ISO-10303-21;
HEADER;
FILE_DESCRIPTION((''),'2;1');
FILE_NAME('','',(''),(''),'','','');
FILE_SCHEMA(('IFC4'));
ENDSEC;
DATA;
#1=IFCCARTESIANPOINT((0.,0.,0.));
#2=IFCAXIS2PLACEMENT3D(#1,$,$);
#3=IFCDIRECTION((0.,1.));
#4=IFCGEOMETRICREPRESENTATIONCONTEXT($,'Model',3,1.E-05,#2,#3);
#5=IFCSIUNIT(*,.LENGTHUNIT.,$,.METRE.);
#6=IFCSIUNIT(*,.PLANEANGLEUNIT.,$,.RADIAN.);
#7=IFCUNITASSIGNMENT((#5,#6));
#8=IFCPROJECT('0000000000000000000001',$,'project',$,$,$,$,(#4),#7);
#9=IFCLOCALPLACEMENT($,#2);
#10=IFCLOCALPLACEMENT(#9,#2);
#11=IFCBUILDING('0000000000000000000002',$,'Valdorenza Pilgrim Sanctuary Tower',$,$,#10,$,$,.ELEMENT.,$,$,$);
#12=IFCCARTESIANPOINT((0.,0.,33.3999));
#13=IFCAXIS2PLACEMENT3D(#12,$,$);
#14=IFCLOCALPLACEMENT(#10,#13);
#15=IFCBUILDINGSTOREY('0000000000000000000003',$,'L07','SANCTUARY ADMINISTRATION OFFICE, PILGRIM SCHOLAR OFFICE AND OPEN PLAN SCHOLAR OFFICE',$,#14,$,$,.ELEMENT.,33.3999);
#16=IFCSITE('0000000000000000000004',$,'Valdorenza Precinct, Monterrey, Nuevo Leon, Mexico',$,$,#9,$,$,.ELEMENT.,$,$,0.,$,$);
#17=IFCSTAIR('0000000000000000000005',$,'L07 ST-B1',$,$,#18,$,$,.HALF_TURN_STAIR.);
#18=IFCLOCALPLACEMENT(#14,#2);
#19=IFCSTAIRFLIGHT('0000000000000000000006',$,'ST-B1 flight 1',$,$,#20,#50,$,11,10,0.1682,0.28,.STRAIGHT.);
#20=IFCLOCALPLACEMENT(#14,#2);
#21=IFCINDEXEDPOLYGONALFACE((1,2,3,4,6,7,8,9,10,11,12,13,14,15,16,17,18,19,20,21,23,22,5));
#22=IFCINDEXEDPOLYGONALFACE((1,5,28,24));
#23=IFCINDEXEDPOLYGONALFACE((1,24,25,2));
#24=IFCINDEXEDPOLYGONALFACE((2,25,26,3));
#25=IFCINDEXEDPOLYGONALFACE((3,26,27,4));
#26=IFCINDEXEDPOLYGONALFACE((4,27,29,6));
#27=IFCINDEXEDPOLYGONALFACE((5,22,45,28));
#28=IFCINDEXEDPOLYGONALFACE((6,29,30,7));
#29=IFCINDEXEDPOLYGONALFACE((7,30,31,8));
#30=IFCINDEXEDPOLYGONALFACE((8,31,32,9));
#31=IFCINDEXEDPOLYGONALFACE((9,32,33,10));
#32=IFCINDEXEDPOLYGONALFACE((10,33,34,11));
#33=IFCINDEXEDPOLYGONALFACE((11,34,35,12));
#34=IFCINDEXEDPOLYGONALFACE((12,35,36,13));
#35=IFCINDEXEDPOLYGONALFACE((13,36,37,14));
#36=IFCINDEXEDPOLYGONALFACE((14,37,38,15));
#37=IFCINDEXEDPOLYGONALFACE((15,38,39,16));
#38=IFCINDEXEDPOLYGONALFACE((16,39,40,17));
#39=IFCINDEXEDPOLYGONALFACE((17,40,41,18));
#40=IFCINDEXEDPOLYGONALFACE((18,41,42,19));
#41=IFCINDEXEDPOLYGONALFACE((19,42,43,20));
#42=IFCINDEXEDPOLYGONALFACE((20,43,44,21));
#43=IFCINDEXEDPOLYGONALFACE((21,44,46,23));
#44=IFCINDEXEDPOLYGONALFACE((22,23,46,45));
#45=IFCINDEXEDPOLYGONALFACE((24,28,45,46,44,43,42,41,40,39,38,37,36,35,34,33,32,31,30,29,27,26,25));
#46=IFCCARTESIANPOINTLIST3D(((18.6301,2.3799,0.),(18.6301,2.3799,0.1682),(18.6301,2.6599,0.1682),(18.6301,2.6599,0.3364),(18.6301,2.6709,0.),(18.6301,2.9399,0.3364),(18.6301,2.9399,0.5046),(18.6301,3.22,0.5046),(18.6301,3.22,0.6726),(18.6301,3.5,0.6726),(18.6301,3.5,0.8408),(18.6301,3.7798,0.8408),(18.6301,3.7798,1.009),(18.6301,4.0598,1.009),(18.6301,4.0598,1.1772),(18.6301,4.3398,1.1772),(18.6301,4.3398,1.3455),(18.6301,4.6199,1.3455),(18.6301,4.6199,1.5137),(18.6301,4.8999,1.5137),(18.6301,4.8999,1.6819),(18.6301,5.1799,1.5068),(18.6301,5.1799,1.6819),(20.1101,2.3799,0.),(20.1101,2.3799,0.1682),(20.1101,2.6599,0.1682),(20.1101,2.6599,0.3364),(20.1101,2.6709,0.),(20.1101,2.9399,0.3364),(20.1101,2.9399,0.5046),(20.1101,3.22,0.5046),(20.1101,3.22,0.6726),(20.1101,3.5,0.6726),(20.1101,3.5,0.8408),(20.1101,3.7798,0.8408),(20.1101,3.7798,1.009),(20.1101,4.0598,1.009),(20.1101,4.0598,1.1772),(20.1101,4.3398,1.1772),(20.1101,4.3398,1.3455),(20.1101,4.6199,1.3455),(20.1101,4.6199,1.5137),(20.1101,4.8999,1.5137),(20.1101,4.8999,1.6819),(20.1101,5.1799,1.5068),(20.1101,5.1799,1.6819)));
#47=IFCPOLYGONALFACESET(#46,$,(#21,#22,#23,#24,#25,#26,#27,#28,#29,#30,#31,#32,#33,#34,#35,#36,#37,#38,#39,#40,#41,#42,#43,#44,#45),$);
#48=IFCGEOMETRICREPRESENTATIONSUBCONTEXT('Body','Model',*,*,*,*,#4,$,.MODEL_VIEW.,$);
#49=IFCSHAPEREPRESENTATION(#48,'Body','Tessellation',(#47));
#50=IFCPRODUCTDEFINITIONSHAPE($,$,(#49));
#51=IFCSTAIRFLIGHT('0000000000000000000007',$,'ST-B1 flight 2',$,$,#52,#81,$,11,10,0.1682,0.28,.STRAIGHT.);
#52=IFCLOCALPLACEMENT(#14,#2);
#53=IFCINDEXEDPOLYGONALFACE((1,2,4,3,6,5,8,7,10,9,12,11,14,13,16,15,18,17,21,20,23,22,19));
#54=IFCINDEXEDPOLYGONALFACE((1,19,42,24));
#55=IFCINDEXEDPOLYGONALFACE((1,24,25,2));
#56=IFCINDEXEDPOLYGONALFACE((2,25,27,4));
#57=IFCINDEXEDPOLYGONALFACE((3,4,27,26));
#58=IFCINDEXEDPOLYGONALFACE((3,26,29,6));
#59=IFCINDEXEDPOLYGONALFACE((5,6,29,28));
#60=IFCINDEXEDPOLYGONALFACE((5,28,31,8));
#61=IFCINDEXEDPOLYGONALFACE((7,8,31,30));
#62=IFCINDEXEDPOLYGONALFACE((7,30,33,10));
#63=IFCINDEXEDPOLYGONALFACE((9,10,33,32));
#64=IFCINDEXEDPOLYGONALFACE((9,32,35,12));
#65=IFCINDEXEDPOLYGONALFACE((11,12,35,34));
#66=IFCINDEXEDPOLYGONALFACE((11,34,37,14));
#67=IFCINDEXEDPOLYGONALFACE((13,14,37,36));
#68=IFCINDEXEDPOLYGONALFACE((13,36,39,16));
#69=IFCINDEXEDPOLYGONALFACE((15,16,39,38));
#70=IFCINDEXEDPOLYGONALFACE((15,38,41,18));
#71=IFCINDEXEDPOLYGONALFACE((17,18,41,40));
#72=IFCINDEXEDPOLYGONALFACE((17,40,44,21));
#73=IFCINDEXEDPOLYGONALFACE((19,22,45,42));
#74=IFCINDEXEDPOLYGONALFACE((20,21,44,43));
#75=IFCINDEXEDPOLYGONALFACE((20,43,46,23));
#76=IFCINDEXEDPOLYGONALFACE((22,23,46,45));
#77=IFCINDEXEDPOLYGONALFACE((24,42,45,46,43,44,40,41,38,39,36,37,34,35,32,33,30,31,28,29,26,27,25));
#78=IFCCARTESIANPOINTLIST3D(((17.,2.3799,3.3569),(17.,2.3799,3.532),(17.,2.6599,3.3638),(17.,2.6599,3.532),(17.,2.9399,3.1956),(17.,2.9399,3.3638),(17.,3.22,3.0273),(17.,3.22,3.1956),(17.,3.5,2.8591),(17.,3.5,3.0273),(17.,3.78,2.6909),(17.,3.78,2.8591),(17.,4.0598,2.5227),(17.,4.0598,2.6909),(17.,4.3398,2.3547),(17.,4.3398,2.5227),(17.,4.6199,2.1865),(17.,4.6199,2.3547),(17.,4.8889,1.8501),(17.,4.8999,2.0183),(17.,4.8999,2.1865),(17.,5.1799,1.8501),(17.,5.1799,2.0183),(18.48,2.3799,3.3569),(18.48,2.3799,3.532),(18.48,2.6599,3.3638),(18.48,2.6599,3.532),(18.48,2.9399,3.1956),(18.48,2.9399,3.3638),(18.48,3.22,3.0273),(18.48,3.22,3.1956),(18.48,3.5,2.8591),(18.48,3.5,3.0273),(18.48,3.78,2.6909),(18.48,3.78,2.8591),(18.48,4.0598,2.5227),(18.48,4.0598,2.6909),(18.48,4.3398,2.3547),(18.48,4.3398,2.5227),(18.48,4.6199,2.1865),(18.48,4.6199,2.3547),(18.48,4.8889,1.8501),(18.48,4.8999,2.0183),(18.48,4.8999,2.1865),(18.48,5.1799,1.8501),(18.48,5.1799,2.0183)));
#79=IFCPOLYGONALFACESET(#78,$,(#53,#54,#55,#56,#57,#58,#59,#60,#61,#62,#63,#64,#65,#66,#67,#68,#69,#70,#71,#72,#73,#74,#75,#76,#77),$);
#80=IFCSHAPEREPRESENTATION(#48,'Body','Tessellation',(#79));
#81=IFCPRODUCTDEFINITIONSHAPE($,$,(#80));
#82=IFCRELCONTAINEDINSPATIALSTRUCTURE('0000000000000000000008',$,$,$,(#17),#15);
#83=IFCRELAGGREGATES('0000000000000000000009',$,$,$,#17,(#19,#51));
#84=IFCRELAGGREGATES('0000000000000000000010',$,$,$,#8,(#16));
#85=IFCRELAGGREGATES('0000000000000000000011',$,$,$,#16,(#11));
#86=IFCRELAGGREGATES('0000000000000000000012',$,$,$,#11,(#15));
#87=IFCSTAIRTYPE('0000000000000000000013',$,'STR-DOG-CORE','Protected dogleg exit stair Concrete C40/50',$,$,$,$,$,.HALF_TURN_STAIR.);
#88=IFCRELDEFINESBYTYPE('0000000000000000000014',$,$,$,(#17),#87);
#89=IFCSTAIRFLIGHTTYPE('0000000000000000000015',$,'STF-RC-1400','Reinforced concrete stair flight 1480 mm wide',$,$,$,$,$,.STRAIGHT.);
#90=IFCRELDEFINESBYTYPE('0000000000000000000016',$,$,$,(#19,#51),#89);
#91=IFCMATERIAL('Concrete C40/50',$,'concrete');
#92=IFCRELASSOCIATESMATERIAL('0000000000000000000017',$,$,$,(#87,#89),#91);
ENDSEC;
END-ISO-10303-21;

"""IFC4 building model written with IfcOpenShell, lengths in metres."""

from ifc_helpers import new_model, si_unit, direction, frame, origin, place, context, subcontext, project, spatial, polyline, outline, extrude, material, type_object, element, aggregate, save


model = new_model("IFC4")

# Units and contexts
model_context = context("Model", 3, precision=1e-05, world=origin(), true_north=direction((0.0, 1.0)))
body_context = subcontext(model_context, "Body", "Model", "MODEL_VIEW")
ifc_project = project(units=[si_unit("LENGTHUNIT", "METRE"), si_unit("PLANEANGLEUNIT", "RADIAN")], contexts=[model_context])

# Site, building, storey
site_placement = place(None, origin())
site = spatial("IfcSite", under=ifc_project, at=site_placement, Name="Valdorenza Precinct, Monterrey, Nuevo Leon, Mexico", CompositionType="ELEMENT", RefElevation=0.0)
building_placement = place(site_placement, origin())
building = spatial("IfcBuilding", under=site, at=building_placement, Name="Valdorenza Pilgrim Sanctuary Tower", CompositionType="ELEMENT")
storey_placement = place(building_placement, frame((0.0, 0.0, 33.3999)))
storey = spatial("IfcBuildingStorey", under=building, at=storey_placement, Name="L07", Description="SANCTUARY ADMINISTRATION OFFICE, PILGRIM SCHOLAR OFFICE AND OPEN PLAN SCHOLAR OFFICE", CompositionType="ELEMENT", Elevation=33.3999)

# Shared definitions
ifc_material_1 = material(Name="Concrete C40/50", Category="concrete")

# Stair, stair flights
stair_type = type_object("IfcStairType", Name="STR-DOG-CORE", Description="Protected dogleg exit stair Concrete C40/50", PredefinedType="HALF_TURN_STAIR", material=ifc_material_1)
stair_placement = place(storey_placement, origin())
stair = element("IfcStair", 1, at=stair_placement, inside=storey, type_object=stair_type, Name="L07 ST-B1", PredefinedType="HALF_TURN_STAIR")
stair_flight_type = type_object("IfcStairFlightType", Name="STF-RC-1400", Description="Reinforced concrete stair flight 1480 mm wide", PredefinedType="STRAIGHT", material=ifc_material_1)
stair_flight_1_placement = place(storey_placement, frame((19.3701, 2.3799, 0.0), z_axis=(0.0, 0.0, 1.0), x_axis=(0.0, 1.0, 0.0)))
stair_flight_1 = element("IfcStairFlight", 2, at=stair_flight_1_placement, type_object=stair_flight_type, Name="ST-B1 flight 1", NumberOfRisers=11, NumberOfTreads=10, PredefinedType="STRAIGHT", RiserHeight=0.1682, TreadLength=0.28, context=body_context, shape_type="SweptSolid", body=[
    extrude(outline(polyline([(0.0, 0.0), (0.0, 0.1682), (0.28, 0.1682), (0.28, 0.3364), (0.5601, 0.3364), (0.5601, 0.5046), (0.8401, 0.5046), (0.8401, 0.6726), (1.1201, 0.6726), (1.1201, 0.8408), (1.3999, 0.8408), (1.3999, 1.009), (1.6799, 1.009), (1.6799, 1.1772), (1.96, 1.1772), (1.96, 1.3455), (2.24, 1.3455), (2.24, 1.5137), (2.52, 1.5137), (2.52, 1.6819), (2.8, 1.6819), (2.8, 1.8501), (2.8, 1.5068), (0.291, 0.0), (0.0, 0.0)])), frame((0.0, 0.74, 0.0), z_axis=(0.0, -1.0, 0.0), x_axis=(1.0, 0.0, 0.0)), (0.0, 0.0, 1.0), 1.48),
])
stair_flight_2_placement = place(storey_placement, frame((17.74, 5.1799, 1.8501), z_axis=(0.0, 0.0, 1.0), x_axis=(0.0, -1.0, 0.0)))
stair_flight_2 = element("IfcStairFlight", 3, at=stair_flight_2_placement, type_object=stair_flight_type, Name="ST-B1 flight 2", NumberOfRisers=11, NumberOfTreads=10, PredefinedType="STRAIGHT", RiserHeight=0.1682, TreadLength=0.28, context=body_context, shape_type="SweptSolid", body=[
    extrude(outline(polyline([(0.0, 0.0), (0.0, 0.1682), (0.28, 0.1682), (0.28, 0.3364), (0.5601, 0.3364), (0.5601, 0.5046), (0.8401, 0.5046), (0.8401, 0.6726), (1.1201, 0.6726), (1.1201, 0.8408), (1.3999, 0.8408), (1.3999, 1.009), (1.6799, 1.009), (1.6799, 1.1772), (1.96, 1.1772), (1.96, 1.3455), (2.24, 1.3455), (2.24, 1.5137), (2.52, 1.5137), (2.52, 1.6819), (2.8, 1.6819), (2.8, 1.8501), (2.8, 1.5068), (0.291, 0.0), (0.0, 0.0)])), frame((0.0, 0.74, 0.0), z_axis=(0.0, -1.0, 0.0), x_axis=(1.0, 0.0, 0.0)), (0.0, 0.0, 1.0), 1.48),
])
aggregate(stair, [stair_flight_1, stair_flight_2])

save(model, "model.ifc")
